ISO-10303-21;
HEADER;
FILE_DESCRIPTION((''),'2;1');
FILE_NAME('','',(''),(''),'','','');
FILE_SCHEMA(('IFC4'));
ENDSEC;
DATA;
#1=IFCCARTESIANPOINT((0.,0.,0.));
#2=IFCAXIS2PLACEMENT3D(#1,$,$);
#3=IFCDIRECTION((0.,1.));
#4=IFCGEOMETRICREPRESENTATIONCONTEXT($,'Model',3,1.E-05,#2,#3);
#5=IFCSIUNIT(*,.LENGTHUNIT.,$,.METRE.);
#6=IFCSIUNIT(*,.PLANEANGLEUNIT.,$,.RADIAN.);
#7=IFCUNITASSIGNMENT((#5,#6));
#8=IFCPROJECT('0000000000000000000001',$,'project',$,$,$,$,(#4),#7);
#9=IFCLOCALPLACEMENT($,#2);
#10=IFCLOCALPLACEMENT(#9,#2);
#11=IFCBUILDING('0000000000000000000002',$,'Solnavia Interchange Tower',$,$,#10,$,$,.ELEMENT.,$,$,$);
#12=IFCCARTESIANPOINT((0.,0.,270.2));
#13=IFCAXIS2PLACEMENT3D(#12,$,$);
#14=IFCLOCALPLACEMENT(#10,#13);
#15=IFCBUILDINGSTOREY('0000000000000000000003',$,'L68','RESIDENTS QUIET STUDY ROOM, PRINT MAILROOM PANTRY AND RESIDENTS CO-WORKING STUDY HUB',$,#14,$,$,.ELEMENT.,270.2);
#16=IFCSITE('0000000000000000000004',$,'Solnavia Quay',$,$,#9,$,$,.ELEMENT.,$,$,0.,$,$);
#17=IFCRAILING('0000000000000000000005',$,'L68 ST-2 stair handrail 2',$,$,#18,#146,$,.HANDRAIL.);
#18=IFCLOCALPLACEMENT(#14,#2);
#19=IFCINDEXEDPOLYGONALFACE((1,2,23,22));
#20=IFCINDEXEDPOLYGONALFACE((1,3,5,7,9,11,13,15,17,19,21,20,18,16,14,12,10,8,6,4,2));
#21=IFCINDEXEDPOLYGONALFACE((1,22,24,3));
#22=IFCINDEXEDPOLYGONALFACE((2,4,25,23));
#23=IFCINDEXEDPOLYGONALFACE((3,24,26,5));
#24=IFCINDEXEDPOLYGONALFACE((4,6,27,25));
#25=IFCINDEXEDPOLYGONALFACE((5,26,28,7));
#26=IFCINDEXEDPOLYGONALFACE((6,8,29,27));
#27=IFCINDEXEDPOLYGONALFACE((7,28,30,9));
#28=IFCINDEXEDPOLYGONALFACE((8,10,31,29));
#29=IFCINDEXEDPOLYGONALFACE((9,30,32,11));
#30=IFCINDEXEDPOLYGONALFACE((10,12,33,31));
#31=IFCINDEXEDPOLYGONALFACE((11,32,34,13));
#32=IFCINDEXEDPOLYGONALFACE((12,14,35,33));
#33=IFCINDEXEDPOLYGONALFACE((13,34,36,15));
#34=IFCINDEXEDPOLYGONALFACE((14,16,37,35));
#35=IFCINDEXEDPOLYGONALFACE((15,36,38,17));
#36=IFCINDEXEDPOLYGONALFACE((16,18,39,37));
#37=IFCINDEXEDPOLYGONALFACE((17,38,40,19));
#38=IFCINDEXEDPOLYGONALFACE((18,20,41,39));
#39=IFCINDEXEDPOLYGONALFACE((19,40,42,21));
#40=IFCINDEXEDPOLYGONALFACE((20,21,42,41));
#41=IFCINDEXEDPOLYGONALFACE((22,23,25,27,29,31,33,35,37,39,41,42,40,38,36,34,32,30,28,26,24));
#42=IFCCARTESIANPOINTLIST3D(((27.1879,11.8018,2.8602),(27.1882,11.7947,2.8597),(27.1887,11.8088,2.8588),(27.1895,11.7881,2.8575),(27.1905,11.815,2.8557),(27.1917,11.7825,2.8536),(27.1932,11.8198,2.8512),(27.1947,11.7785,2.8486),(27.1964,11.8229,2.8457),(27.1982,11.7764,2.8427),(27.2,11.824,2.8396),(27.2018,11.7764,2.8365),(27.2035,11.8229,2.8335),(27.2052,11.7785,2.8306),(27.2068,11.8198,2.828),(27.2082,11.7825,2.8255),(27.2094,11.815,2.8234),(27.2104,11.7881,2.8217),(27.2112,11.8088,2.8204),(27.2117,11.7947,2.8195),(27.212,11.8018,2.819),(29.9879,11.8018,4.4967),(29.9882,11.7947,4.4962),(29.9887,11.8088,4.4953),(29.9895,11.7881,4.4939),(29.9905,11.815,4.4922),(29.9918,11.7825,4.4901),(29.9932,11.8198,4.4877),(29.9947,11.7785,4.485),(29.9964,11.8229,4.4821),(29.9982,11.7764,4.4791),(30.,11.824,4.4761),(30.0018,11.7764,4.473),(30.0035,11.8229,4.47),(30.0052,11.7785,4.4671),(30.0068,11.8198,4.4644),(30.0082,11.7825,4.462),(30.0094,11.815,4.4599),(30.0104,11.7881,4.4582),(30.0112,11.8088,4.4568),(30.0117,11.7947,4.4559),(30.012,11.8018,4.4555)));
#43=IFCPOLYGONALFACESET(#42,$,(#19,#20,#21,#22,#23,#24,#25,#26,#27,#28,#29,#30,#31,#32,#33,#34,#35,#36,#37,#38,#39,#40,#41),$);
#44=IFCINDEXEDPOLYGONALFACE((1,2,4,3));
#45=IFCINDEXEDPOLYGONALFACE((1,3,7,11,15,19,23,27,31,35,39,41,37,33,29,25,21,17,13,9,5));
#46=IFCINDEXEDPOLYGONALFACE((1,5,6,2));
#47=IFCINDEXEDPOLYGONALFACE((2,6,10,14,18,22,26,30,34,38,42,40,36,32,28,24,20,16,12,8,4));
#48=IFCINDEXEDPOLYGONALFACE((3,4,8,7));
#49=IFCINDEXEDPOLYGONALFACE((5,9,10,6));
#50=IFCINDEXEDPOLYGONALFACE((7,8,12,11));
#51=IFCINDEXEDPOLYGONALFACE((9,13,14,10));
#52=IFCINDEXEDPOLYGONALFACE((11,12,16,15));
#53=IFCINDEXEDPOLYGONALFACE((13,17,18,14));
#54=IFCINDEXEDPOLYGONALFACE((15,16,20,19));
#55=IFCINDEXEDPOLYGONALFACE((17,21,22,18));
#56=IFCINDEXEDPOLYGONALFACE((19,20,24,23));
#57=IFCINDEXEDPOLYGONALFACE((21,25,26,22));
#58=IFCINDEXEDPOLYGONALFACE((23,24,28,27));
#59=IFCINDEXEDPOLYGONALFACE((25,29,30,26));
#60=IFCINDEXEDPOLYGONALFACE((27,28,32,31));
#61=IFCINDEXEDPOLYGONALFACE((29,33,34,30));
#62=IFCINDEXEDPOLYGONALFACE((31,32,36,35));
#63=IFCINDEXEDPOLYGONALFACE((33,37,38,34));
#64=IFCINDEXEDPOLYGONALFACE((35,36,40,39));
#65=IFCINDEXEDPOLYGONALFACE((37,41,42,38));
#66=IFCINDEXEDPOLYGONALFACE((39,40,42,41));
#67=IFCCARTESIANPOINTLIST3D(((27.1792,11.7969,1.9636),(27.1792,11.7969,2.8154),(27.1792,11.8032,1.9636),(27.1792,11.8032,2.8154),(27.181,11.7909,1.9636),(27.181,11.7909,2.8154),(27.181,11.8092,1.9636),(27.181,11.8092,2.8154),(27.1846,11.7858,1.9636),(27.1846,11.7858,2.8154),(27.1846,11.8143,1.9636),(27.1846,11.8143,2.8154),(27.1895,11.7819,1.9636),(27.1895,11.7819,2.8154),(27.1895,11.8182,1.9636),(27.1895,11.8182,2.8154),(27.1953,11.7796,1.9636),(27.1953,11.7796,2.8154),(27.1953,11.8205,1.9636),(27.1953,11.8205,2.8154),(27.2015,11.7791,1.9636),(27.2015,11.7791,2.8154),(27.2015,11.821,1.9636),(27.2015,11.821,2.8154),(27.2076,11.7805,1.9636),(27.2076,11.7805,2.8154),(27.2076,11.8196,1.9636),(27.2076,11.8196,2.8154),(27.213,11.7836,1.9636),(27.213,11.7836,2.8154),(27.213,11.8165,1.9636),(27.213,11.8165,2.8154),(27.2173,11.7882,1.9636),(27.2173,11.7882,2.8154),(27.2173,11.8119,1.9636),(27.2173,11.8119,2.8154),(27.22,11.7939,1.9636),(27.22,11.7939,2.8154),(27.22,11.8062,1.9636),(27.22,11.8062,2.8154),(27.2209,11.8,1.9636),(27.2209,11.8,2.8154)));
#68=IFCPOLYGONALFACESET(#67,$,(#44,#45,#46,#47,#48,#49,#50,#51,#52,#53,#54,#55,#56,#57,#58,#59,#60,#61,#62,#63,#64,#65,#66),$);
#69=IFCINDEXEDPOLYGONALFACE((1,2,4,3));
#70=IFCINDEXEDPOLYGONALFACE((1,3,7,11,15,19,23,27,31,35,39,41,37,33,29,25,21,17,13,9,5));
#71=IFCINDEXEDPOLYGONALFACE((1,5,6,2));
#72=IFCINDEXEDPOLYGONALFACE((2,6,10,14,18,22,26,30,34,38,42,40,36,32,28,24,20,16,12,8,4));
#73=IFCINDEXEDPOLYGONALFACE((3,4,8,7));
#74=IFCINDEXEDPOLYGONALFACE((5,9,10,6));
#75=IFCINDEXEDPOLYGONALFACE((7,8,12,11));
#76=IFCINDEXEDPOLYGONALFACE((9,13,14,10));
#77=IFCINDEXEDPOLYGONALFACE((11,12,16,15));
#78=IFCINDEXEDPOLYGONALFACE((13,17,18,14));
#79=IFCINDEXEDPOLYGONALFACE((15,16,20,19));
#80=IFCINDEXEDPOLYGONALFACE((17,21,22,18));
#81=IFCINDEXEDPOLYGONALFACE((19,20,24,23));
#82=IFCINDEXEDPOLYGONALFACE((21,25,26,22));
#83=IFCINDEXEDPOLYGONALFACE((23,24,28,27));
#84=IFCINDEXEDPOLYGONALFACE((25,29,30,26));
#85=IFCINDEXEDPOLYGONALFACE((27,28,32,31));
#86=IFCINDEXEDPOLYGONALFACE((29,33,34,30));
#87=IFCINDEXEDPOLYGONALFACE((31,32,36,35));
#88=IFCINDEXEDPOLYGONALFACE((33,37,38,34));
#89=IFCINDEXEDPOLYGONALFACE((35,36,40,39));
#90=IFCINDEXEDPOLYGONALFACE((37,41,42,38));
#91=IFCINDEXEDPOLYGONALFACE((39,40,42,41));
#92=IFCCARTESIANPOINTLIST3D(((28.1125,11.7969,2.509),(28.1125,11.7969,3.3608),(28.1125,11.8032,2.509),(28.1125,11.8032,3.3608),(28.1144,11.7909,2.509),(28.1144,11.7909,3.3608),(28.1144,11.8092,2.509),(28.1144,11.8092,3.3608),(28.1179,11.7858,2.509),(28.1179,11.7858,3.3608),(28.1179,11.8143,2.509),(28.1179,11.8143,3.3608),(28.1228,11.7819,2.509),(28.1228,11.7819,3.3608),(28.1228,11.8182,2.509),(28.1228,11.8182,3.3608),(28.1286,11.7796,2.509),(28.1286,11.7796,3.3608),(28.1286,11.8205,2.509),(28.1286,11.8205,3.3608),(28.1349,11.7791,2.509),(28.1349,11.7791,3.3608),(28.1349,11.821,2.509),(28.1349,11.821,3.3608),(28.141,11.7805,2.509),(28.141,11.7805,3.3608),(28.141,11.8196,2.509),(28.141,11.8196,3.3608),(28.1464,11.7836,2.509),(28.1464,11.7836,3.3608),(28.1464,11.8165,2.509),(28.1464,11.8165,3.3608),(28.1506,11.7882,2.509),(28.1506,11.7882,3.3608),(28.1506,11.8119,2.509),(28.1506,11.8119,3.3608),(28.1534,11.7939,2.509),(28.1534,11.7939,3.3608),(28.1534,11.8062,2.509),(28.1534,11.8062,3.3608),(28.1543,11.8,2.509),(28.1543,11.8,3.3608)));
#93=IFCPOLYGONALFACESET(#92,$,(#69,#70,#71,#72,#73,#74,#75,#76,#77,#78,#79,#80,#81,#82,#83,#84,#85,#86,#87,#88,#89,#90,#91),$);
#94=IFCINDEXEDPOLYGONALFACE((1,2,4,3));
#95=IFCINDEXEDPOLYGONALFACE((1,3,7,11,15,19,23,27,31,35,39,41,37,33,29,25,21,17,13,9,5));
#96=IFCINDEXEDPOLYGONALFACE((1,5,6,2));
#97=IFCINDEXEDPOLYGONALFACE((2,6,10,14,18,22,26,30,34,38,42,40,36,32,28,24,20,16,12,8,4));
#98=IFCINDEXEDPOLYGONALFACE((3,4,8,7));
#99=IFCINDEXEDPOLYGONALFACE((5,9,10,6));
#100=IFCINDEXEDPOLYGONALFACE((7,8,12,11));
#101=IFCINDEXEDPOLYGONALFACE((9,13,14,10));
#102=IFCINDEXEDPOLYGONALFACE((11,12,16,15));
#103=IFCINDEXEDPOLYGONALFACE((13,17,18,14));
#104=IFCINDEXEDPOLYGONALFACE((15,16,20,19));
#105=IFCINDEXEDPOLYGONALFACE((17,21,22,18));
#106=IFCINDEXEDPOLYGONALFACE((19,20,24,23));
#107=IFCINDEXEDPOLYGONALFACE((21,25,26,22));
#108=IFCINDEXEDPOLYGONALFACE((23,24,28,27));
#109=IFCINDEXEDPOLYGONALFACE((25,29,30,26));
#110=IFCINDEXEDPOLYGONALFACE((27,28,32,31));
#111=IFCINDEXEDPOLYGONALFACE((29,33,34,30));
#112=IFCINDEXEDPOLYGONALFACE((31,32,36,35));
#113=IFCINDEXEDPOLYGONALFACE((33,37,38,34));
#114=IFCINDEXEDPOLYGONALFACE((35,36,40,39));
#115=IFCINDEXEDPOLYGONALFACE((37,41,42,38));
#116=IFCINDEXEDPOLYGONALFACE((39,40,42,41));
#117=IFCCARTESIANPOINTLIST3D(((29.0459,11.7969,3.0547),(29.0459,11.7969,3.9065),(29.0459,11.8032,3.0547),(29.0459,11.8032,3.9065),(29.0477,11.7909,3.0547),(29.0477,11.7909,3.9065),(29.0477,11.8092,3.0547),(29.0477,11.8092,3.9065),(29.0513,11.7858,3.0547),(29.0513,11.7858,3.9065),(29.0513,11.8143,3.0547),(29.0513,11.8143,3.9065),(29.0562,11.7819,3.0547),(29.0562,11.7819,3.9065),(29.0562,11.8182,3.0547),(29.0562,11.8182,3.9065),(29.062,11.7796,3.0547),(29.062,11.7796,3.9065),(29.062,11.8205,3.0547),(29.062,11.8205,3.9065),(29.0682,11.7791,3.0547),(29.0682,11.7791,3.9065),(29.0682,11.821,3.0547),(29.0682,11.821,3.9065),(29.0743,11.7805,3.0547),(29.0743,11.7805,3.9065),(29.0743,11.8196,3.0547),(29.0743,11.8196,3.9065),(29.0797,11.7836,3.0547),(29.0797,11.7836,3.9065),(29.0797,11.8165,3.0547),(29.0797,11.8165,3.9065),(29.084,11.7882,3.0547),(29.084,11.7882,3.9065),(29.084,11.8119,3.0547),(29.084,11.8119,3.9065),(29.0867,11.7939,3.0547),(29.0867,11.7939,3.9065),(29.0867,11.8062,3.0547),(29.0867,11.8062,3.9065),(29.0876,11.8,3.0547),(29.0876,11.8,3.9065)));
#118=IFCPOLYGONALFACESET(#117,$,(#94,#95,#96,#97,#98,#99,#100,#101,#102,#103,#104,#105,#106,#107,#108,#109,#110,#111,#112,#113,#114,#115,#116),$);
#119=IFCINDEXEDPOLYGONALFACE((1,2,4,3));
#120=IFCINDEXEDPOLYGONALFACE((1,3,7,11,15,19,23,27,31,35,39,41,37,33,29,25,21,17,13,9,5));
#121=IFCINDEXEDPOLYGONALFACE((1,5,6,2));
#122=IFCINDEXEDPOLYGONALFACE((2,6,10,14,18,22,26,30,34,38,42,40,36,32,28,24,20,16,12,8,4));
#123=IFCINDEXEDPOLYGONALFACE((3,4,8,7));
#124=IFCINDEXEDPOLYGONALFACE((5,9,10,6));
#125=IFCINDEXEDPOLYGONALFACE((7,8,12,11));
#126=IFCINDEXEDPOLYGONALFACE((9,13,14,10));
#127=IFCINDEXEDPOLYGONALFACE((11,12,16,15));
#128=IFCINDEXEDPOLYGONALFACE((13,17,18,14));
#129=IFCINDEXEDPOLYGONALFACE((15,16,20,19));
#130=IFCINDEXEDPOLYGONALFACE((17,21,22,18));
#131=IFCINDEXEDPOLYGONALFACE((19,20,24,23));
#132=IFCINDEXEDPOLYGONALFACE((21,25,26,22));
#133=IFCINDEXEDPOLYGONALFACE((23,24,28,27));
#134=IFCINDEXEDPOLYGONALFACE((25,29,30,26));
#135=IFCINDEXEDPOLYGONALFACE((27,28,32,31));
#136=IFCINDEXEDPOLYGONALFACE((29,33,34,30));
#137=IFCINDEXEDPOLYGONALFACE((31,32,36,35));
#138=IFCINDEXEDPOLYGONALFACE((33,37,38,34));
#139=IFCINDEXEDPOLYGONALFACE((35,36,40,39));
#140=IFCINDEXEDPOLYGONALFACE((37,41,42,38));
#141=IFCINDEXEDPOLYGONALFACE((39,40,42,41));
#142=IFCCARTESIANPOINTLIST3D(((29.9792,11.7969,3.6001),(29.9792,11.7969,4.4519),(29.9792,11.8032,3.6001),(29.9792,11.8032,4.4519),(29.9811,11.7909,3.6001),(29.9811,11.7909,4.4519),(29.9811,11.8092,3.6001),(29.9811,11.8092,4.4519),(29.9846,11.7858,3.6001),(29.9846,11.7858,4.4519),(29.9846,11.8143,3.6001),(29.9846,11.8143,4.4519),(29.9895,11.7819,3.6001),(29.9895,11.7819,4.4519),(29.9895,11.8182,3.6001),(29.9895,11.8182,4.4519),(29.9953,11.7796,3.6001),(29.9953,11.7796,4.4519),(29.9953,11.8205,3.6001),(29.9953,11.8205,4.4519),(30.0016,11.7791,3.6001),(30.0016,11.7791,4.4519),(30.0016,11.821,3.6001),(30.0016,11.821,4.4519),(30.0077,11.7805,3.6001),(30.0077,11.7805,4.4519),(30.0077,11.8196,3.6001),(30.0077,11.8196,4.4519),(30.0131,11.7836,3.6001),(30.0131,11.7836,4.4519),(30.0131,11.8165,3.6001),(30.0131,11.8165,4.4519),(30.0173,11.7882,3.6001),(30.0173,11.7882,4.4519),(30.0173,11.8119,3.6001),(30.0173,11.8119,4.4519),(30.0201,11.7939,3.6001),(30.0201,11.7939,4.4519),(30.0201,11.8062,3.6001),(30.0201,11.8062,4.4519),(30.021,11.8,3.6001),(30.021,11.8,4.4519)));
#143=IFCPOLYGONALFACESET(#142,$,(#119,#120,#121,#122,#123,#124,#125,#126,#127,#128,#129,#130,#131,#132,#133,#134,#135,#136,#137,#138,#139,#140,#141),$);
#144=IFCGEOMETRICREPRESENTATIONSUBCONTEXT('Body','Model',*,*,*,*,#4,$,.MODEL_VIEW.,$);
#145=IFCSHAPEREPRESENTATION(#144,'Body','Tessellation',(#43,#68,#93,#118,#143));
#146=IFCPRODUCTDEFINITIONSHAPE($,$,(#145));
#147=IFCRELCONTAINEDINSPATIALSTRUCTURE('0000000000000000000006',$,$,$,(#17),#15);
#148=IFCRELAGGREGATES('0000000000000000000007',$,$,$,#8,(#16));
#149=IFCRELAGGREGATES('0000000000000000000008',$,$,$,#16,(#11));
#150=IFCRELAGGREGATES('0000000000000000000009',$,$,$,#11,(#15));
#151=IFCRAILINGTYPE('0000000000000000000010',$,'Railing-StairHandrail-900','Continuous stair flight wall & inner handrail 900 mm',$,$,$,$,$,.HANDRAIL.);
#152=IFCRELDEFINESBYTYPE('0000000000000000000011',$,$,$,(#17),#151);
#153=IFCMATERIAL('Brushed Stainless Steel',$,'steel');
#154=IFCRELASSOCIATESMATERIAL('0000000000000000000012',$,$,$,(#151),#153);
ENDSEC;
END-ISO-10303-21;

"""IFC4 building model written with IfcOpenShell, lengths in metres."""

from ifc_helpers import new_model, si_unit, direction, frame, origin, origin_2d, place, context, subcontext, project, spatial, circle, extrude, material, type_object, element, save


model = new_model("IFC4")

# Units and contexts
model_context = context("Model", 3, precision=1e-05, world=origin(), true_north=direction((0.0, 1.0)))
body_context = subcontext(model_context, "Body", "Model", "MODEL_VIEW")
ifc_project = project(units=[si_unit("LENGTHUNIT", "METRE"), si_unit("PLANEANGLEUNIT", "RADIAN")], contexts=[model_context])

# Site, building, storey
site_placement = place(None, origin())
site = spatial("IfcSite", under=ifc_project, at=site_placement, Name="Solnavia Quay", CompositionType="ELEMENT", RefElevation=0.0)
building_placement = place(site_placement, origin())
building = spatial("IfcBuilding", under=site, at=building_placement, Name="Solnavia Interchange Tower", CompositionType="ELEMENT")
storey_placement = place(building_placement, frame((0.0, 0.0, 270.2)))
storey = spatial("IfcBuildingStorey", under=building, at=storey_placement, Name="L68", Description="RESIDENTS QUIET STUDY ROOM, PRINT MAILROOM PANTRY AND RESIDENTS CO-WORKING STUDY HUB", CompositionType="ELEMENT", Elevation=270.2)

# Railing
ifc_material_1 = material(Name="Brushed Stainless Steel", Category="steel")
railing_type_1 = type_object("IfcRailingType", Name="Railing-StairHandrail-900", Description="Continuous stair flight wall & inner handrail 900 mm", PredefinedType="HANDRAIL", material=ifc_material_1)
railing_1_placement = place(storey_placement, frame((27.2, 11.8, 1.9636)))
element("IfcRailing", 1, at=railing_1_placement, inside=storey, type_object=railing_type_1, Name="L68 ST-2 stair handrail 2", PredefinedType="HANDRAIL", context=body_context, shape_type="SweptSolid", body=[
    extrude(circle(Radius=0.0239, at=origin_2d()), frame((0.0, 0.0, 0.876), z_axis=(0.863361, 0.0, 0.504587), x_axis=(0.0, 1.0, 0.0)), (0.0, 0.0, 1.0), 3.2432),
    extrude(circle(Radius=0.021, at=origin_2d()), origin(), (0.0, 0.0, 1.0), 0.8518),
    extrude(circle(Radius=0.021, at=origin_2d()), frame((0.9333, 0.0, 0.5454)), (0.0, 0.0, 1.0), 0.8518),
    extrude(circle(Radius=0.021, at=origin_2d()), frame((1.8667, 0.0, 1.0911)), (0.0, 0.0, 1.0), 0.8518),
    extrude(circle(Radius=0.021, at=origin_2d()), frame((2.8, 0.0, 1.6365)), (0.0, 0.0, 1.0), 0.8518),
])

save(model, "model.ifc")
